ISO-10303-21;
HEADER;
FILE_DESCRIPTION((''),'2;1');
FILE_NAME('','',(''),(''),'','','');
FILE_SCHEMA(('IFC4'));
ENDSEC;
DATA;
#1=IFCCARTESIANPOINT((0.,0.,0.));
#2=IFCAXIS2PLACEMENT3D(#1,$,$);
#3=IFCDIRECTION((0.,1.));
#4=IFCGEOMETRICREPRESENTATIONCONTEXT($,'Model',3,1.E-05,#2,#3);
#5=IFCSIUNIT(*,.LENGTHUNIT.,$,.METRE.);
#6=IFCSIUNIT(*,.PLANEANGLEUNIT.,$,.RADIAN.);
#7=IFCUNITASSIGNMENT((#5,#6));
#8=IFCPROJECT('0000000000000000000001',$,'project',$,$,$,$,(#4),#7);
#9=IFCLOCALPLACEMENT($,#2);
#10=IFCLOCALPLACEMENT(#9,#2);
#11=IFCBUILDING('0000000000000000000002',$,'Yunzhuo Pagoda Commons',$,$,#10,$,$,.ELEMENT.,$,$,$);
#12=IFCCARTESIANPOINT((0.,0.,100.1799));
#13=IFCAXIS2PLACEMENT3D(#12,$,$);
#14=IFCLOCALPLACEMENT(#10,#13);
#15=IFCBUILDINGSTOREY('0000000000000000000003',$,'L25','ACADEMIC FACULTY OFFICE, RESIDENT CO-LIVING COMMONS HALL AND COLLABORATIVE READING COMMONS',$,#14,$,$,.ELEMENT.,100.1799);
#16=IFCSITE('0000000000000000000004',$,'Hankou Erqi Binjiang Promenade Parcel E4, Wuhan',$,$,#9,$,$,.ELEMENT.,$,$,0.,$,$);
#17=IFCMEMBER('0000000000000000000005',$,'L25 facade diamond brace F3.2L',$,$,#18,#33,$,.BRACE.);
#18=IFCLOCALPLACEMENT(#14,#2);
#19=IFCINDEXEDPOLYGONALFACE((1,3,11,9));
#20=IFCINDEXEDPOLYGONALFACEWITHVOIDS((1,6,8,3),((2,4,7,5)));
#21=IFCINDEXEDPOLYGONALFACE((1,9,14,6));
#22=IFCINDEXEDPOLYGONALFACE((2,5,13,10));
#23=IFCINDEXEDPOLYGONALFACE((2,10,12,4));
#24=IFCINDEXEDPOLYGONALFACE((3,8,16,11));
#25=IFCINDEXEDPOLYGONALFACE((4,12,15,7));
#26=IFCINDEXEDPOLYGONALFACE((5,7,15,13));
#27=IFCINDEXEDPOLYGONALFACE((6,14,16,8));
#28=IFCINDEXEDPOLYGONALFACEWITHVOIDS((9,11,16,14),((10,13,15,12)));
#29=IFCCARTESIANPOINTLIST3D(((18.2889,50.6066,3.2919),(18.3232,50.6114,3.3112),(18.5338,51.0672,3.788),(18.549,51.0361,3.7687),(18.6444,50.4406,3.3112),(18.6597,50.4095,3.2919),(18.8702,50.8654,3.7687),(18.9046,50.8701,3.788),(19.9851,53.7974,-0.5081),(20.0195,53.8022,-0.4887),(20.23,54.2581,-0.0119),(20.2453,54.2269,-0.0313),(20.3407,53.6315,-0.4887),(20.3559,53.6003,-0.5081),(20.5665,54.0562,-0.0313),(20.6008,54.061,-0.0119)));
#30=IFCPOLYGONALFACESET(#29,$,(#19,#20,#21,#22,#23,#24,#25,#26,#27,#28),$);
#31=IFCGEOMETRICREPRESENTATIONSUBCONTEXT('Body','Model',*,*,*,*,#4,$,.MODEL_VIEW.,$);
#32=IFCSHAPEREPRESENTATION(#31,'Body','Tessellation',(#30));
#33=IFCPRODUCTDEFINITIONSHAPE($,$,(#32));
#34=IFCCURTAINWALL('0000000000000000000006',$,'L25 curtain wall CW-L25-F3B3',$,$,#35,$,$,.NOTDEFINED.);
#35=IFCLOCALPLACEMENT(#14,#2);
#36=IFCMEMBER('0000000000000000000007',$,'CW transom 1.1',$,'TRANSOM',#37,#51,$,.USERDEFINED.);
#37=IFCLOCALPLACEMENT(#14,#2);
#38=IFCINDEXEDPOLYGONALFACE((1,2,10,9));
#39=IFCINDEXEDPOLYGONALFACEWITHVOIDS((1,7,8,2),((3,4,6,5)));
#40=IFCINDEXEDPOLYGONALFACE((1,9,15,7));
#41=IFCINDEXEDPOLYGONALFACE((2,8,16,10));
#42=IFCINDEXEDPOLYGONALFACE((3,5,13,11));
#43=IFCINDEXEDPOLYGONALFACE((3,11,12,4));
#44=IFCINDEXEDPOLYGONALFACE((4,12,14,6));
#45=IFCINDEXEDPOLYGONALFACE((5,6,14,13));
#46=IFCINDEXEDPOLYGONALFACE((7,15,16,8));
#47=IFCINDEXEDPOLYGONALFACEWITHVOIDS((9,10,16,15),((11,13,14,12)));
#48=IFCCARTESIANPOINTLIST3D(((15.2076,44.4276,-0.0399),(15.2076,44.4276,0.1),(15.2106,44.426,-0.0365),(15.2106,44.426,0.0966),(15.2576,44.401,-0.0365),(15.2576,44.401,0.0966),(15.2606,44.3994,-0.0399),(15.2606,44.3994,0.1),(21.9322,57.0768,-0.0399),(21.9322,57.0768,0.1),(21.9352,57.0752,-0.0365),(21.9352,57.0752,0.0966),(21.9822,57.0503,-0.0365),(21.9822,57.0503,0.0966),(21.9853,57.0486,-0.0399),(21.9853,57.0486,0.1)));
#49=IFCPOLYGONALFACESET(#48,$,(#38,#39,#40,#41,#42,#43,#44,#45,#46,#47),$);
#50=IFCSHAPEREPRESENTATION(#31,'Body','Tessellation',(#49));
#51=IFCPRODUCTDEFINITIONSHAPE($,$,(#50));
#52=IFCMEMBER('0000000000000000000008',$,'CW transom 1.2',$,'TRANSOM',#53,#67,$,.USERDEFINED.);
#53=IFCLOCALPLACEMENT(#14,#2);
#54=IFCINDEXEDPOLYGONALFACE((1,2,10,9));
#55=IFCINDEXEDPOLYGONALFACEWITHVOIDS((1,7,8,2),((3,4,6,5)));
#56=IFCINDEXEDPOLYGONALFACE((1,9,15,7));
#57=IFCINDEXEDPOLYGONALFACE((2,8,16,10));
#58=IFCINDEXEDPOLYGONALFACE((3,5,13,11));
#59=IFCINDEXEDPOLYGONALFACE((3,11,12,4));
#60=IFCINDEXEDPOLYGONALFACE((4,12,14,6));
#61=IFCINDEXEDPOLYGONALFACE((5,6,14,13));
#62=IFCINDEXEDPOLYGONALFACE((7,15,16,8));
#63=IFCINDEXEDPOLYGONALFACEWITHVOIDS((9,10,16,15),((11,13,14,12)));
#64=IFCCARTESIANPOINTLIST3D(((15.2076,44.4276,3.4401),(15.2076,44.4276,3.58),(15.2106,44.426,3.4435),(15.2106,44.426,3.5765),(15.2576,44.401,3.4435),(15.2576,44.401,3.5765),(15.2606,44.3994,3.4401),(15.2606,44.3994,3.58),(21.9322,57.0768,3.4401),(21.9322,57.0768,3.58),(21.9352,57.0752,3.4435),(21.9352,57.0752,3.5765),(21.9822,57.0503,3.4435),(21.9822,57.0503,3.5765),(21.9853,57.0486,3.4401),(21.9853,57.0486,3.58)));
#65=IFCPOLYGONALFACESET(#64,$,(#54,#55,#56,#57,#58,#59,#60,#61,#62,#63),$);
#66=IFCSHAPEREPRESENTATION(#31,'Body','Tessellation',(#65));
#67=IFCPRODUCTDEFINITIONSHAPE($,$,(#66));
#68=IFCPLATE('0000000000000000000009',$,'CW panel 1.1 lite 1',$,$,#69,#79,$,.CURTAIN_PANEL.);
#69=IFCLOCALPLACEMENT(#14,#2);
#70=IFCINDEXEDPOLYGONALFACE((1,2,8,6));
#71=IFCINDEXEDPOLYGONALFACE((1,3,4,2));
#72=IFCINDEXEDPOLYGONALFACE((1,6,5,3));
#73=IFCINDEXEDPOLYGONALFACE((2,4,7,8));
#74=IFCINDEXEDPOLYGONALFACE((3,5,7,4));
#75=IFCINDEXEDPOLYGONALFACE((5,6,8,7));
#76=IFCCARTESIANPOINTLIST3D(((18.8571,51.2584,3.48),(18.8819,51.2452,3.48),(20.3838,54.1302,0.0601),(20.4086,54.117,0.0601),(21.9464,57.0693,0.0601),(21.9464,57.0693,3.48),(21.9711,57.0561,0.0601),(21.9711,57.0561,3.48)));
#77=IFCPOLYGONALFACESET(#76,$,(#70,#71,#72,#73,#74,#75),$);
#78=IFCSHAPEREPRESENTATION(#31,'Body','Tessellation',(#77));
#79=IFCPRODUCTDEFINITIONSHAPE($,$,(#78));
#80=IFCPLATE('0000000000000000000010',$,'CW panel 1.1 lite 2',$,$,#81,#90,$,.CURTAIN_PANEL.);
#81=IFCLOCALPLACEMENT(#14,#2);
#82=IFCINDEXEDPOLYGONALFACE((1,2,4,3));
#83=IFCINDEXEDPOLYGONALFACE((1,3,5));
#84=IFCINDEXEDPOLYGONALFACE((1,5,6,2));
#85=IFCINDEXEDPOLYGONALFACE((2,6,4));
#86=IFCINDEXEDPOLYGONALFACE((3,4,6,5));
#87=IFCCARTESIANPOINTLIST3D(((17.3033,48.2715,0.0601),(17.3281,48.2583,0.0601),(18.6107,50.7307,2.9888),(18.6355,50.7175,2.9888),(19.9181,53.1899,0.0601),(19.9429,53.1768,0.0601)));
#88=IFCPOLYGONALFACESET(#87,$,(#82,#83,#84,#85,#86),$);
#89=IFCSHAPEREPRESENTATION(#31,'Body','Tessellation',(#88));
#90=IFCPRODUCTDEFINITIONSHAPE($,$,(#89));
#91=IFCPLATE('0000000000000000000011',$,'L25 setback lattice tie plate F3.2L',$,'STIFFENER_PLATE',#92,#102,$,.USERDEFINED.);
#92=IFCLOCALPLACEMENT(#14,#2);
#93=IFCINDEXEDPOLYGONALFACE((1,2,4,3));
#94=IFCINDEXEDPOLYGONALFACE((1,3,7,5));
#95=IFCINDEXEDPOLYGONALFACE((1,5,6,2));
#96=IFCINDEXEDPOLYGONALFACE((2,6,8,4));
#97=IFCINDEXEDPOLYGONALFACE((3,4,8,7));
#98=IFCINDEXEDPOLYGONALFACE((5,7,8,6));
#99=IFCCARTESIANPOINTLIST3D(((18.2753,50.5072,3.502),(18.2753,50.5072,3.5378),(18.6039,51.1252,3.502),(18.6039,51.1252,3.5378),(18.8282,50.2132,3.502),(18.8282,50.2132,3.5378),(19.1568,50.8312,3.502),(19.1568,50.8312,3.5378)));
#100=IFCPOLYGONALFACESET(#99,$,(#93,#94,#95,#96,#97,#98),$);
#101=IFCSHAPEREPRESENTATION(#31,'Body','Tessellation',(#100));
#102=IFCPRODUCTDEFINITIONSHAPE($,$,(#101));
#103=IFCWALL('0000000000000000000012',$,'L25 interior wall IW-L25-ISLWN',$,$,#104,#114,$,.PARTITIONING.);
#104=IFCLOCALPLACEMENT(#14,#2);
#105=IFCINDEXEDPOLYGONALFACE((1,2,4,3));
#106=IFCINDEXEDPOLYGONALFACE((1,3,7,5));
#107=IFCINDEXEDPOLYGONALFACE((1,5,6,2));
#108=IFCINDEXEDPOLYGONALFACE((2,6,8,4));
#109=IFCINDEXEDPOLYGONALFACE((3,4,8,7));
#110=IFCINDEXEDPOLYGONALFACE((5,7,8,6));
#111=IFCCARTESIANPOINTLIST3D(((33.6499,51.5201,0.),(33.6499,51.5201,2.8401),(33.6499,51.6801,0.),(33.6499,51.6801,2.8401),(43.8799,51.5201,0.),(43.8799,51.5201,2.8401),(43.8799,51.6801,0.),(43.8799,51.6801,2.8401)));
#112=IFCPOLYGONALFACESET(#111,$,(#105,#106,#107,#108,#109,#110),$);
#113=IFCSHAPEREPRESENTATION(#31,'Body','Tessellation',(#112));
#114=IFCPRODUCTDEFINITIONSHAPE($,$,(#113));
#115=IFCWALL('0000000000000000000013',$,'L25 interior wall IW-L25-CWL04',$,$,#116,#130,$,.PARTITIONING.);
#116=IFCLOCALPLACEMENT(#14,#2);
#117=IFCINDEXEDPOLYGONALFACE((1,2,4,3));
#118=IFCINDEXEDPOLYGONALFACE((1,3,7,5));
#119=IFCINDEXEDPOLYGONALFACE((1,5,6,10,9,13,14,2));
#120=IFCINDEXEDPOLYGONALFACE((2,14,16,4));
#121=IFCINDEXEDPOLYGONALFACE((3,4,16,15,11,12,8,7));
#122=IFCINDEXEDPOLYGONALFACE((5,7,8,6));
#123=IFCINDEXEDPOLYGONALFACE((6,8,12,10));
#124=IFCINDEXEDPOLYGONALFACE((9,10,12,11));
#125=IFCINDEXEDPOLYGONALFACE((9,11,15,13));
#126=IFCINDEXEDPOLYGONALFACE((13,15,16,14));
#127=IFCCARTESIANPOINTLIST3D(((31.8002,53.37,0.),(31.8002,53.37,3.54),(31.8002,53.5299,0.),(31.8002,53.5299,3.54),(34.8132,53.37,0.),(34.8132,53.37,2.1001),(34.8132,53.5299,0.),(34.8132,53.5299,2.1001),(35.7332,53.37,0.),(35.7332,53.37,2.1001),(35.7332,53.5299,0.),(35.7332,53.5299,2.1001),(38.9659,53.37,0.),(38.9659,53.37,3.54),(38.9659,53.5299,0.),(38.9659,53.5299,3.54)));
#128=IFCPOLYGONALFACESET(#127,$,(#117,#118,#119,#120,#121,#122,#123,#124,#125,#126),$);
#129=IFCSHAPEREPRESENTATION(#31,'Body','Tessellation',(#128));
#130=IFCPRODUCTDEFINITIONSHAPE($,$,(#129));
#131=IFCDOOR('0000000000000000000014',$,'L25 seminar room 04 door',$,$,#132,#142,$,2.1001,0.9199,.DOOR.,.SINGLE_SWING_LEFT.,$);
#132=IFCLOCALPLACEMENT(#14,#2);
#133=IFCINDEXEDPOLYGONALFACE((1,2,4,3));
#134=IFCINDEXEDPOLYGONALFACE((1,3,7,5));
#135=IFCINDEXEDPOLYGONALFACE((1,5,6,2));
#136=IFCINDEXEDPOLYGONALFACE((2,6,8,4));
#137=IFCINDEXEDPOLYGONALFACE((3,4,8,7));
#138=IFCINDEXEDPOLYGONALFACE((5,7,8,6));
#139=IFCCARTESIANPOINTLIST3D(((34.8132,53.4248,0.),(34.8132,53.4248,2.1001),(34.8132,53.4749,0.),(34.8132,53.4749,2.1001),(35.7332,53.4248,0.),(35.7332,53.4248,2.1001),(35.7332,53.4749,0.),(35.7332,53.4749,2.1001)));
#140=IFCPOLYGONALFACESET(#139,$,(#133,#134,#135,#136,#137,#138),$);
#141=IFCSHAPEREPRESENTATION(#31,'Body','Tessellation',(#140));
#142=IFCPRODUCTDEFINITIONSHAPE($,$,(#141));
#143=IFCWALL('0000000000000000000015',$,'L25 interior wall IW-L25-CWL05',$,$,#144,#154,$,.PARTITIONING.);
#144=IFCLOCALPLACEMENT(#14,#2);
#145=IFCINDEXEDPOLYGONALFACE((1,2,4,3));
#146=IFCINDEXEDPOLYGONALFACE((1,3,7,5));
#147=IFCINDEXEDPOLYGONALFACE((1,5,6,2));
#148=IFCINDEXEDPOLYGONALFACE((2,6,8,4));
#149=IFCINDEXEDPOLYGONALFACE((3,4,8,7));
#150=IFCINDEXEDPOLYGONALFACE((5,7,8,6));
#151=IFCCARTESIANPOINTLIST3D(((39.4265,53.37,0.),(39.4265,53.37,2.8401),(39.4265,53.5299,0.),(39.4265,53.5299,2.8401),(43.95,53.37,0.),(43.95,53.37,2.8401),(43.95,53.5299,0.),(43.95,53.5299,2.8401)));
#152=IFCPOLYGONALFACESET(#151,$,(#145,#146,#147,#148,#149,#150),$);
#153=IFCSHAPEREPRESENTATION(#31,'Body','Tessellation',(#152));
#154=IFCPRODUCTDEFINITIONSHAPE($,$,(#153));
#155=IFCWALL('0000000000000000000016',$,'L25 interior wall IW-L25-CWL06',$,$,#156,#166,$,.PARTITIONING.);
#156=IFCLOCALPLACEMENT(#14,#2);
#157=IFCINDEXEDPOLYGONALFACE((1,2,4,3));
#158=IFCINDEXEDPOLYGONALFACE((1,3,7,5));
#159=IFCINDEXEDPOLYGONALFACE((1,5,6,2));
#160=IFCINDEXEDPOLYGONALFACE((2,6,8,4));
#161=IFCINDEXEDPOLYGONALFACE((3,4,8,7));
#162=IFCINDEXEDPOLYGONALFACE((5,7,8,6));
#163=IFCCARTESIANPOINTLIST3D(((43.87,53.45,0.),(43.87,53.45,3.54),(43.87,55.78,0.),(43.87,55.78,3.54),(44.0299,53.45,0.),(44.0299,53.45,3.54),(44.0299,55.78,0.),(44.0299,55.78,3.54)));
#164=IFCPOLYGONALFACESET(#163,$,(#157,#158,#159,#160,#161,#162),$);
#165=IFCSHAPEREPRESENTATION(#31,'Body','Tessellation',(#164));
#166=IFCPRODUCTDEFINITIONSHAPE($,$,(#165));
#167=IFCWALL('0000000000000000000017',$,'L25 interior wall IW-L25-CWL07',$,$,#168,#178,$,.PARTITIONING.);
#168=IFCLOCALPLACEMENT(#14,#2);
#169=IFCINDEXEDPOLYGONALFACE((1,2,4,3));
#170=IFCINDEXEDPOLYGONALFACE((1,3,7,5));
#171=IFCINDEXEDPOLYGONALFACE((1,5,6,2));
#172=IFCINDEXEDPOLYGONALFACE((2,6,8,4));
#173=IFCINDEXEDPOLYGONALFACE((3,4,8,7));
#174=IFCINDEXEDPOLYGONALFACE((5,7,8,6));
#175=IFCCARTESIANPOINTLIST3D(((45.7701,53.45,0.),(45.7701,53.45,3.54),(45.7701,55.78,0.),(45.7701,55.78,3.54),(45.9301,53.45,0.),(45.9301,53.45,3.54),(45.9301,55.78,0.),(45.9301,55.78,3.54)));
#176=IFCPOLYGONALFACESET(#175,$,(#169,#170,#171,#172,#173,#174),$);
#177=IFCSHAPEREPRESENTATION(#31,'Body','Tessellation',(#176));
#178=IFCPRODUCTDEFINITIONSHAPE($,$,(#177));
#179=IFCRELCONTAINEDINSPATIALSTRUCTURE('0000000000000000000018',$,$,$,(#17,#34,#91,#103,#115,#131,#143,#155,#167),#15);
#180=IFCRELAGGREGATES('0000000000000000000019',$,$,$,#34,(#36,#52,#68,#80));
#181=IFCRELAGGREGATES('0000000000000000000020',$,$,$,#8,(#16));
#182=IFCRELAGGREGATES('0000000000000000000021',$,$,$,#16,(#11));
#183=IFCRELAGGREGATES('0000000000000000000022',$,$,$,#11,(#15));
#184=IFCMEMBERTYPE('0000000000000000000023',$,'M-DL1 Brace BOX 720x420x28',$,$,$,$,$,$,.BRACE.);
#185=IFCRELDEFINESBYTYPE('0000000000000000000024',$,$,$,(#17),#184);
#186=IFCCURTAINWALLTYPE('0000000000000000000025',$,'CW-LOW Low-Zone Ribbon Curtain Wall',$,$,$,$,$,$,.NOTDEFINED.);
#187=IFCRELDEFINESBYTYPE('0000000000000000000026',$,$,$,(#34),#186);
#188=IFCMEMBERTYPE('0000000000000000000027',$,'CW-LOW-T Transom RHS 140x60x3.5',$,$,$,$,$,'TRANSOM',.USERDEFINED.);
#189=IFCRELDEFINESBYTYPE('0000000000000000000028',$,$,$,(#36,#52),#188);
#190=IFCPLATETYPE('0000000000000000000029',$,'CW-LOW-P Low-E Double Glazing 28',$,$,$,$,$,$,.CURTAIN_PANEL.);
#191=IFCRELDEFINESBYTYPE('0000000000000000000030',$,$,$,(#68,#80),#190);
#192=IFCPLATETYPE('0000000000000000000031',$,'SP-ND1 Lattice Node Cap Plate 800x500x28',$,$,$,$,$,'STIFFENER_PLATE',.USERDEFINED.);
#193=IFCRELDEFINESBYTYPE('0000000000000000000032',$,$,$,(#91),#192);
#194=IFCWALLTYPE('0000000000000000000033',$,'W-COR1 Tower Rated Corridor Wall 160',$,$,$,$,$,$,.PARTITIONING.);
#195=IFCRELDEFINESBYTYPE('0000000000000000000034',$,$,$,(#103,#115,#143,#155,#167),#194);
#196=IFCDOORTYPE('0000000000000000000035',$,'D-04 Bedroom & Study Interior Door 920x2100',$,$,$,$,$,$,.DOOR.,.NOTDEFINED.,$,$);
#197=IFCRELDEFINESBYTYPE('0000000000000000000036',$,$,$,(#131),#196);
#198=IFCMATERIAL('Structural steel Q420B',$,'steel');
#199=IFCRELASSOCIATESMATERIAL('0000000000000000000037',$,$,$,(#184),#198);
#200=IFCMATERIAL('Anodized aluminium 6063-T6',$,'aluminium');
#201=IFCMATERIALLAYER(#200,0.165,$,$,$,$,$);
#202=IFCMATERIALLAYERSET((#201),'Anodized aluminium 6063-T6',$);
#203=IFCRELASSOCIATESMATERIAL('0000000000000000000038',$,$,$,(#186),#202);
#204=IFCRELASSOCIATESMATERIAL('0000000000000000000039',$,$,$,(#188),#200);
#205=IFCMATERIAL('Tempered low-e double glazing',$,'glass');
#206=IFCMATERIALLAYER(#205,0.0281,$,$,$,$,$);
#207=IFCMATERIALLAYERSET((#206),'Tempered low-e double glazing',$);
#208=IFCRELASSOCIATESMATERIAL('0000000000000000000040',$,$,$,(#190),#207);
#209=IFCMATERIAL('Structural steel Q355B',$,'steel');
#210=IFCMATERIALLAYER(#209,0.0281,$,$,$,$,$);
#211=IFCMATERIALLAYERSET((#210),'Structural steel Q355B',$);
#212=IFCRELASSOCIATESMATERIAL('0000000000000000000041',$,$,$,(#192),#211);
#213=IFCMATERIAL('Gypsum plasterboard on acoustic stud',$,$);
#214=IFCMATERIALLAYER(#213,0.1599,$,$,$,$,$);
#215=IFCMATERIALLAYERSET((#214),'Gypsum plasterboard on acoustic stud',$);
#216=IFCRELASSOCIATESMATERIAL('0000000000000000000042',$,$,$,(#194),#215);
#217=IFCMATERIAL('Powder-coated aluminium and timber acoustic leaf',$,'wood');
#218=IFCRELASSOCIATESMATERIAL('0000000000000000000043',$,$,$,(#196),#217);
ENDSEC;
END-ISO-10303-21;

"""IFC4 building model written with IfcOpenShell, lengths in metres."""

from ifc_helpers import new_model, si_unit, direction, frame, frame_2d, origin, origin_with_axes, origin_2d, place, context, subcontext, project, spatial, polyline, rectangle, hollow_rectangle, outline, extrude, source, transform, mapped, material, layer, layer_set, material_profile, profile_set, type_object, element, fill, aggregate, save


model = new_model("IFC4")

# Units and contexts
model_context = context("Model", 3, precision=1e-05, world=origin(), true_north=direction((0.0, 1.0)))
body_context = subcontext(model_context, "Body", "Model", "MODEL_VIEW")
ifc_project = project(units=[si_unit("LENGTHUNIT", "METRE"), si_unit("PLANEANGLEUNIT", "RADIAN")], contexts=[model_context])

# Site, building, storey
site_placement = place(None, origin())
site = spatial("IfcSite", under=ifc_project, at=site_placement, Name="Hankou Erqi Binjiang Promenade Parcel E4, Wuhan", CompositionType="ELEMENT", RefElevation=0.0)
building_placement = place(site_placement, origin())
building = spatial("IfcBuilding", under=site, at=building_placement, Name="Yunzhuo Pagoda Commons", CompositionType="ELEMENT")
storey_placement = place(building_placement, frame((0.0, 0.0, 100.1799)))
storey = spatial("IfcBuildingStorey", under=building, at=storey_placement, Name="L25", Description="ACADEMIC FACULTY OFFICE, RESIDENT CO-LIVING COMMONS HALL AND COLLABORATIVE READING COMMONS", CompositionType="ELEMENT", Elevation=100.1799)

# Shared definitions
ifc_material_1 = material(Name="Structural steel Q420B", Category="steel")

# Shared definitions
ifc_material_2 = material(Name="Structural steel Q355B", Category="steel")

# Member
ifc_material_profile_1 = material_profile(ifc_material_1, hollow_rectangle(XDim=0.4199, YDim=0.72, WallThickness=0.0281, at=origin_2d()), Name="Structural steel Q420B")
ifc_profile_set_1 = profile_set([ifc_material_profile_1], Name="Structural steel Q420B")
member_type_1 = type_object("IfcMemberType", Name="M-DL1 Brace BOX 720x420x28", PredefinedType="BRACE", material=ifc_profile_set_1)
shared_shape_1 = source(origin(), body_context, "Body", "SweptSolid", [
    extrude(hollow_rectangle(XDim=0.4199, YDim=0.72, WallThickness=0.0281, at=origin_2d()), origin(), (0.0, 0.0, 1.0), 5.2439),
])
member_1_placement = place(storey_placement, frame((20.293, 53.9292, -0.26), z_axis=(-0.323471, -0.608487, 0.724645), x_axis=(0.882988, -0.469396, 0.0)))
element("IfcMember", 1, at=member_1_placement, inside=storey, type_object=member_type_1, Name="L25 facade diamond brace F3.2L", PredefinedType="BRACE", context=body_context, shape_type="MappedRepresentation", body=[
    mapped(shared_shape_1, transform((0.0, 0.0, 0.0), scale=1.0)),
])

# Curtain wall, members, plates
ifc_material_3 = material(Name="Anodized aluminium 6063-T6", Category="aluminium")
ifc_layer_1 = layer(ifc_material_3, 0.165)
ifc_layer_set_1 = layer_set([ifc_layer_1], Name="Anodized aluminium 6063-T6")
curtain_wall_type = type_object("IfcCurtainWallType", Name="CW-LOW Low-Zone Ribbon Curtain Wall", PredefinedType="NOTDEFINED", material=ifc_layer_set_1)
curtain_wall_placement = place(storey_placement, origin())
curtain_wall = element("IfcCurtainWall", 2, at=curtain_wall_placement, inside=storey, type_object=curtain_wall_type, Name="L25 curtain wall CW-L25-F3B3", PredefinedType="NOTDEFINED")
ifc_material_profile_2 = material_profile(ifc_material_3, hollow_rectangle(XDim=0.0601, YDim=0.1399, WallThickness=0.0034, at=origin_2d()), Name="Anodized aluminium 6063-T6")
ifc_profile_set_2 = profile_set([ifc_material_profile_2], Name="Anodized aluminium 6063-T6")
member_type_2 = type_object("IfcMemberType", Name="CW-LOW-T Transom RHS 140x60x3.5", ElementType="TRANSOM", PredefinedType="USERDEFINED", material=ifc_profile_set_2)
shared_shape_2 = source(origin(), body_context, "Body", "SweptSolid", [
    extrude(hollow_rectangle(XDim=0.0601, YDim=0.1399, WallThickness=0.0034, at=origin_2d()), origin(), (0.0, 0.0, 1.0), 14.3257),
])
member_2_placement = place(storey_placement, frame((21.9587, 57.0627, 0.03), z_axis=(-0.469413, -0.882979, 0.0), x_axis=(0.882979, -0.469413, 0.0)))
member_2 = element("IfcMember", 3, at=member_2_placement, type_object=member_type_2, Name="CW transom 1.1", ObjectType="TRANSOM", PredefinedType="USERDEFINED", context=body_context, shape_type="MappedRepresentation", body=[
    mapped(shared_shape_2, transform((0.0, 0.0, 0.0), scale=1.0)),
])
member_3_placement = place(storey_placement, frame((21.9587, 57.0627, 3.51), z_axis=(-0.469413, -0.882979, 0.0), x_axis=(0.882979, -0.469413, 0.0)))
member_3 = element("IfcMember", 4, at=member_3_placement, type_object=member_type_2, Name="CW transom 1.2", ObjectType="TRANSOM", PredefinedType="USERDEFINED", context=body_context, shape_type="MappedRepresentation", body=[
    mapped(shared_shape_2, transform((0.0, 0.0, 0.0), scale=1.0)),
])
ifc_material_4 = material(Name="Tempered low-e double glazing", Category="glass")
ifc_layer_2 = layer(ifc_material_4, 0.0281)
ifc_layer_set_2 = layer_set([ifc_layer_2], Name="Tempered low-e double glazing")
plate_type_1 = type_object("IfcPlateType", Name="CW-LOW-P Low-E Double Glazing 28", PredefinedType="CURTAIN_PANEL", material=ifc_layer_set_2)
plate_1_placement = place(storey_placement, frame((20.4265, 54.1506, 1.77), z_axis=(-0.882976, 0.469418, 0.0), x_axis=(-0.469418, -0.882976, 0.0)))
plate_1 = element("IfcPlate", 5, at=plate_1_placement, type_object=plate_type_1, Name="CW panel 1.1 lite 1", PredefinedType="CURTAIN_PANEL", context=body_context, shape_type="SweptSolid", body=[
    extrude(outline(polyline([(-3.2905, -1.71), (0.0381, -1.71), (3.2905, 1.71), (-3.2905, 1.71), (-3.2905, -1.71)])), origin(), (0.0, 0.0, 1.0), 0.0281),
])
plate_2_placement = place(storey_placement, frame((18.6355, 50.7175, 1.5244), z_axis=(-0.882976, 0.469418, 0.0), x_axis=(-0.469418, -0.882976, 0.0)))
plate_2 = element("IfcPlate", 6, at=plate_2_placement, type_object=plate_type_1, Name="CW panel 1.1 lite 2", PredefinedType="CURTAIN_PANEL", context=body_context, shape_type="SweptSolid", body=[
    extrude(outline(polyline([(-2.7852, -1.4644), (2.7852, -1.4644), (0.0, 1.4644), (-2.7852, -1.4644)])), origin(), (0.0, 0.0, 1.0), 0.0281),
])
aggregate(curtain_wall, [member_2, member_3, plate_1, plate_2])

# Plate
ifc_layer_3 = layer(ifc_material_2, 0.0281)
ifc_layer_set_3 = layer_set([ifc_layer_3], Name="Structural steel Q355B")
plate_type_2 = type_object("IfcPlateType", Name="SP-ND1 Lattice Node Cap Plate 800x500x28", ElementType="STIFFENER_PLATE", PredefinedType="USERDEFINED", material=ifc_layer_set_3)
shared_shape_3 = source(origin(), body_context, "Body", "SweptSolid", [
    extrude(rectangle(XDim=0.7, YDim=0.6262, at=origin_2d()), origin(), (0.0, 0.0, 1.0), 0.0359),
])
plate_3_placement = place(storey_placement, frame((18.7161, 50.6692, 3.502), z_axis=(0.0, 0.0, 1.0), x_axis=(-0.469425, -0.882972, 0.0)))
element("IfcPlate", 7, at=plate_3_placement, inside=storey, type_object=plate_type_2, Name="L25 setback lattice tie plate F3.2L", ObjectType="STIFFENER_PLATE", PredefinedType="USERDEFINED", context=body_context, shape_type="MappedRepresentation", body=[
    mapped(shared_shape_3, transform((0.0, 0.0, 0.0), scale=1.0)),
])

# Wall
ifc_material_5 = material(Name="Gypsum plasterboard on acoustic stud")
ifc_layer_4 = layer(ifc_material_5, 0.1599)
ifc_layer_set_4 = layer_set([ifc_layer_4], Name="Gypsum plasterboard on acoustic stud")
wall_type_1 = type_object("IfcWallType", Name="W-COR1 Tower Rated Corridor Wall 160", PredefinedType="PARTITIONING", material=ifc_layer_set_4)
wall_1_placement = place(storey_placement, frame((33.6499, 51.6001, 0.0), z_axis=(0.0, 0.0, 1.0), x_axis=(1.0, 0.0, 0.0)))
element("IfcWall", 8, at=wall_1_placement, inside=storey, type_object=wall_type_1, Name="L25 interior wall IW-L25-ISLWN", PredefinedType="PARTITIONING", context=body_context, shape_type="SweptSolid", body=[
    extrude(rectangle(XDim=10.23, YDim=0.1599, at=frame_2d((5.115, 0.0))), origin(), (0.0, 0.0, 1.0), 2.8401),
])

# Wall, opening, door
wall_2_placement = place(storey_placement, frame((31.8, 53.45, 0.0), z_axis=(0.0, 0.0, 1.0), x_axis=(1.0, 0.0, 0.0)))
wall_2 = element("IfcWall", 9, at=wall_2_placement, inside=storey, type_object=wall_type_1, Name="L25 interior wall IW-L25-CWL04", PredefinedType="PARTITIONING", context=body_context, shape_type="SweptSolid", body=[
    extrude(rectangle(XDim=7.1658, YDim=0.1599, at=frame_2d((3.583, 0.0))), origin(), (0.0, 0.0, 1.0), 3.54),
])
opening_1_placement = place(wall_2_placement, frame((3.0132, 0.0, 0.0)))
opening_1 = element("IfcOpeningElement", 10, at=opening_1_placement, cuts=wall_2, PredefinedType="OPENING", context=body_context, shape_type="SweptSolid", body=[
    extrude(rectangle(XDim=0.9199, YDim=2.1001, at=frame_2d((0.46, 1.05))), frame((0.0, 0.0898, 0.0), z_axis=(0.0, -1.0, 0.0), x_axis=(1.0, 0.0, 0.0)), (0.0, 0.0, 1.0), 0.1799),
])
ifc_material_6 = material(Name="Powder-coated aluminium and timber acoustic leaf", Category="wood")
door_type_1 = type_object("IfcDoorType", Name="D-04 Bedroom & Study Interior Door 920x2100", OperationType="NOTDEFINED", PredefinedType="DOOR", material=ifc_material_6)
shared_shape_4 = source(origin(), body_context, "Body", "SweptSolid", [
    extrude(rectangle(XDim=0.9199, YDim=2.1001, at=frame_2d((0.46, 1.05))), frame((0.0, 0.0249, 0.0), z_axis=(0.0, -1.0, 0.0), x_axis=(1.0, 0.0, 0.0)), (0.0, 0.0, 1.0), 0.05),
])
door_1_placement = place(opening_1_placement, origin_with_axes())
door_1 = element("IfcDoor", 11, at=door_1_placement, inside=storey, type_object=door_type_1, Name="L25 seminar room 04 door", OperationType="SINGLE_SWING_LEFT", OverallHeight=2.1001, OverallWidth=0.9199, PredefinedType="DOOR", context=body_context, shape_type="MappedRepresentation", body=[
    mapped(shared_shape_4, transform((0.0, 0.0, 0.0), scale=1.0)),
])
fill(opening_1, door_1)

# Walls
wall_3_placement = place(storey_placement, frame((39.4265, 53.45, 0.0), z_axis=(0.0, 0.0, 1.0), x_axis=(1.0, 0.0, 0.0)))
element("IfcWall", 12, at=wall_3_placement, inside=storey, type_object=wall_type_1, Name="L25 interior wall IW-L25-CWL05", PredefinedType="PARTITIONING", context=body_context, shape_type="SweptSolid", body=[
    extrude(rectangle(XDim=4.5234, YDim=0.1599, at=frame_2d((2.2617, 0.0))), origin(), (0.0, 0.0, 1.0), 2.8401),
])
for number, where, z_axis, x_axis, name in (
    (13, (43.95, 53.45, 0.0), (0.0, 0.0, 1.0), (0.0, 1.0, 0.0), "L25 interior wall IW-L25-CWL06"),
    (14, (45.8501, 55.78, 0.0), (0.0, 0.0, 1.0), (0.0, -1.0, 0.0), "L25 interior wall IW-L25-CWL07"),
):
    element("IfcWall", number, at=place(storey_placement, frame(where, z_axis=z_axis, x_axis=x_axis)), inside=storey, type_object=wall_type_1, Name=name, PredefinedType="PARTITIONING", context=body_context, shape_type="SweptSolid", body=[
        extrude(rectangle(XDim=2.3301, YDim=0.1599, at=frame_2d((1.165, 0.0))), origin(), (0.0, 0.0, 1.0), 3.54),
    ])

save(model, "model.ifc")
